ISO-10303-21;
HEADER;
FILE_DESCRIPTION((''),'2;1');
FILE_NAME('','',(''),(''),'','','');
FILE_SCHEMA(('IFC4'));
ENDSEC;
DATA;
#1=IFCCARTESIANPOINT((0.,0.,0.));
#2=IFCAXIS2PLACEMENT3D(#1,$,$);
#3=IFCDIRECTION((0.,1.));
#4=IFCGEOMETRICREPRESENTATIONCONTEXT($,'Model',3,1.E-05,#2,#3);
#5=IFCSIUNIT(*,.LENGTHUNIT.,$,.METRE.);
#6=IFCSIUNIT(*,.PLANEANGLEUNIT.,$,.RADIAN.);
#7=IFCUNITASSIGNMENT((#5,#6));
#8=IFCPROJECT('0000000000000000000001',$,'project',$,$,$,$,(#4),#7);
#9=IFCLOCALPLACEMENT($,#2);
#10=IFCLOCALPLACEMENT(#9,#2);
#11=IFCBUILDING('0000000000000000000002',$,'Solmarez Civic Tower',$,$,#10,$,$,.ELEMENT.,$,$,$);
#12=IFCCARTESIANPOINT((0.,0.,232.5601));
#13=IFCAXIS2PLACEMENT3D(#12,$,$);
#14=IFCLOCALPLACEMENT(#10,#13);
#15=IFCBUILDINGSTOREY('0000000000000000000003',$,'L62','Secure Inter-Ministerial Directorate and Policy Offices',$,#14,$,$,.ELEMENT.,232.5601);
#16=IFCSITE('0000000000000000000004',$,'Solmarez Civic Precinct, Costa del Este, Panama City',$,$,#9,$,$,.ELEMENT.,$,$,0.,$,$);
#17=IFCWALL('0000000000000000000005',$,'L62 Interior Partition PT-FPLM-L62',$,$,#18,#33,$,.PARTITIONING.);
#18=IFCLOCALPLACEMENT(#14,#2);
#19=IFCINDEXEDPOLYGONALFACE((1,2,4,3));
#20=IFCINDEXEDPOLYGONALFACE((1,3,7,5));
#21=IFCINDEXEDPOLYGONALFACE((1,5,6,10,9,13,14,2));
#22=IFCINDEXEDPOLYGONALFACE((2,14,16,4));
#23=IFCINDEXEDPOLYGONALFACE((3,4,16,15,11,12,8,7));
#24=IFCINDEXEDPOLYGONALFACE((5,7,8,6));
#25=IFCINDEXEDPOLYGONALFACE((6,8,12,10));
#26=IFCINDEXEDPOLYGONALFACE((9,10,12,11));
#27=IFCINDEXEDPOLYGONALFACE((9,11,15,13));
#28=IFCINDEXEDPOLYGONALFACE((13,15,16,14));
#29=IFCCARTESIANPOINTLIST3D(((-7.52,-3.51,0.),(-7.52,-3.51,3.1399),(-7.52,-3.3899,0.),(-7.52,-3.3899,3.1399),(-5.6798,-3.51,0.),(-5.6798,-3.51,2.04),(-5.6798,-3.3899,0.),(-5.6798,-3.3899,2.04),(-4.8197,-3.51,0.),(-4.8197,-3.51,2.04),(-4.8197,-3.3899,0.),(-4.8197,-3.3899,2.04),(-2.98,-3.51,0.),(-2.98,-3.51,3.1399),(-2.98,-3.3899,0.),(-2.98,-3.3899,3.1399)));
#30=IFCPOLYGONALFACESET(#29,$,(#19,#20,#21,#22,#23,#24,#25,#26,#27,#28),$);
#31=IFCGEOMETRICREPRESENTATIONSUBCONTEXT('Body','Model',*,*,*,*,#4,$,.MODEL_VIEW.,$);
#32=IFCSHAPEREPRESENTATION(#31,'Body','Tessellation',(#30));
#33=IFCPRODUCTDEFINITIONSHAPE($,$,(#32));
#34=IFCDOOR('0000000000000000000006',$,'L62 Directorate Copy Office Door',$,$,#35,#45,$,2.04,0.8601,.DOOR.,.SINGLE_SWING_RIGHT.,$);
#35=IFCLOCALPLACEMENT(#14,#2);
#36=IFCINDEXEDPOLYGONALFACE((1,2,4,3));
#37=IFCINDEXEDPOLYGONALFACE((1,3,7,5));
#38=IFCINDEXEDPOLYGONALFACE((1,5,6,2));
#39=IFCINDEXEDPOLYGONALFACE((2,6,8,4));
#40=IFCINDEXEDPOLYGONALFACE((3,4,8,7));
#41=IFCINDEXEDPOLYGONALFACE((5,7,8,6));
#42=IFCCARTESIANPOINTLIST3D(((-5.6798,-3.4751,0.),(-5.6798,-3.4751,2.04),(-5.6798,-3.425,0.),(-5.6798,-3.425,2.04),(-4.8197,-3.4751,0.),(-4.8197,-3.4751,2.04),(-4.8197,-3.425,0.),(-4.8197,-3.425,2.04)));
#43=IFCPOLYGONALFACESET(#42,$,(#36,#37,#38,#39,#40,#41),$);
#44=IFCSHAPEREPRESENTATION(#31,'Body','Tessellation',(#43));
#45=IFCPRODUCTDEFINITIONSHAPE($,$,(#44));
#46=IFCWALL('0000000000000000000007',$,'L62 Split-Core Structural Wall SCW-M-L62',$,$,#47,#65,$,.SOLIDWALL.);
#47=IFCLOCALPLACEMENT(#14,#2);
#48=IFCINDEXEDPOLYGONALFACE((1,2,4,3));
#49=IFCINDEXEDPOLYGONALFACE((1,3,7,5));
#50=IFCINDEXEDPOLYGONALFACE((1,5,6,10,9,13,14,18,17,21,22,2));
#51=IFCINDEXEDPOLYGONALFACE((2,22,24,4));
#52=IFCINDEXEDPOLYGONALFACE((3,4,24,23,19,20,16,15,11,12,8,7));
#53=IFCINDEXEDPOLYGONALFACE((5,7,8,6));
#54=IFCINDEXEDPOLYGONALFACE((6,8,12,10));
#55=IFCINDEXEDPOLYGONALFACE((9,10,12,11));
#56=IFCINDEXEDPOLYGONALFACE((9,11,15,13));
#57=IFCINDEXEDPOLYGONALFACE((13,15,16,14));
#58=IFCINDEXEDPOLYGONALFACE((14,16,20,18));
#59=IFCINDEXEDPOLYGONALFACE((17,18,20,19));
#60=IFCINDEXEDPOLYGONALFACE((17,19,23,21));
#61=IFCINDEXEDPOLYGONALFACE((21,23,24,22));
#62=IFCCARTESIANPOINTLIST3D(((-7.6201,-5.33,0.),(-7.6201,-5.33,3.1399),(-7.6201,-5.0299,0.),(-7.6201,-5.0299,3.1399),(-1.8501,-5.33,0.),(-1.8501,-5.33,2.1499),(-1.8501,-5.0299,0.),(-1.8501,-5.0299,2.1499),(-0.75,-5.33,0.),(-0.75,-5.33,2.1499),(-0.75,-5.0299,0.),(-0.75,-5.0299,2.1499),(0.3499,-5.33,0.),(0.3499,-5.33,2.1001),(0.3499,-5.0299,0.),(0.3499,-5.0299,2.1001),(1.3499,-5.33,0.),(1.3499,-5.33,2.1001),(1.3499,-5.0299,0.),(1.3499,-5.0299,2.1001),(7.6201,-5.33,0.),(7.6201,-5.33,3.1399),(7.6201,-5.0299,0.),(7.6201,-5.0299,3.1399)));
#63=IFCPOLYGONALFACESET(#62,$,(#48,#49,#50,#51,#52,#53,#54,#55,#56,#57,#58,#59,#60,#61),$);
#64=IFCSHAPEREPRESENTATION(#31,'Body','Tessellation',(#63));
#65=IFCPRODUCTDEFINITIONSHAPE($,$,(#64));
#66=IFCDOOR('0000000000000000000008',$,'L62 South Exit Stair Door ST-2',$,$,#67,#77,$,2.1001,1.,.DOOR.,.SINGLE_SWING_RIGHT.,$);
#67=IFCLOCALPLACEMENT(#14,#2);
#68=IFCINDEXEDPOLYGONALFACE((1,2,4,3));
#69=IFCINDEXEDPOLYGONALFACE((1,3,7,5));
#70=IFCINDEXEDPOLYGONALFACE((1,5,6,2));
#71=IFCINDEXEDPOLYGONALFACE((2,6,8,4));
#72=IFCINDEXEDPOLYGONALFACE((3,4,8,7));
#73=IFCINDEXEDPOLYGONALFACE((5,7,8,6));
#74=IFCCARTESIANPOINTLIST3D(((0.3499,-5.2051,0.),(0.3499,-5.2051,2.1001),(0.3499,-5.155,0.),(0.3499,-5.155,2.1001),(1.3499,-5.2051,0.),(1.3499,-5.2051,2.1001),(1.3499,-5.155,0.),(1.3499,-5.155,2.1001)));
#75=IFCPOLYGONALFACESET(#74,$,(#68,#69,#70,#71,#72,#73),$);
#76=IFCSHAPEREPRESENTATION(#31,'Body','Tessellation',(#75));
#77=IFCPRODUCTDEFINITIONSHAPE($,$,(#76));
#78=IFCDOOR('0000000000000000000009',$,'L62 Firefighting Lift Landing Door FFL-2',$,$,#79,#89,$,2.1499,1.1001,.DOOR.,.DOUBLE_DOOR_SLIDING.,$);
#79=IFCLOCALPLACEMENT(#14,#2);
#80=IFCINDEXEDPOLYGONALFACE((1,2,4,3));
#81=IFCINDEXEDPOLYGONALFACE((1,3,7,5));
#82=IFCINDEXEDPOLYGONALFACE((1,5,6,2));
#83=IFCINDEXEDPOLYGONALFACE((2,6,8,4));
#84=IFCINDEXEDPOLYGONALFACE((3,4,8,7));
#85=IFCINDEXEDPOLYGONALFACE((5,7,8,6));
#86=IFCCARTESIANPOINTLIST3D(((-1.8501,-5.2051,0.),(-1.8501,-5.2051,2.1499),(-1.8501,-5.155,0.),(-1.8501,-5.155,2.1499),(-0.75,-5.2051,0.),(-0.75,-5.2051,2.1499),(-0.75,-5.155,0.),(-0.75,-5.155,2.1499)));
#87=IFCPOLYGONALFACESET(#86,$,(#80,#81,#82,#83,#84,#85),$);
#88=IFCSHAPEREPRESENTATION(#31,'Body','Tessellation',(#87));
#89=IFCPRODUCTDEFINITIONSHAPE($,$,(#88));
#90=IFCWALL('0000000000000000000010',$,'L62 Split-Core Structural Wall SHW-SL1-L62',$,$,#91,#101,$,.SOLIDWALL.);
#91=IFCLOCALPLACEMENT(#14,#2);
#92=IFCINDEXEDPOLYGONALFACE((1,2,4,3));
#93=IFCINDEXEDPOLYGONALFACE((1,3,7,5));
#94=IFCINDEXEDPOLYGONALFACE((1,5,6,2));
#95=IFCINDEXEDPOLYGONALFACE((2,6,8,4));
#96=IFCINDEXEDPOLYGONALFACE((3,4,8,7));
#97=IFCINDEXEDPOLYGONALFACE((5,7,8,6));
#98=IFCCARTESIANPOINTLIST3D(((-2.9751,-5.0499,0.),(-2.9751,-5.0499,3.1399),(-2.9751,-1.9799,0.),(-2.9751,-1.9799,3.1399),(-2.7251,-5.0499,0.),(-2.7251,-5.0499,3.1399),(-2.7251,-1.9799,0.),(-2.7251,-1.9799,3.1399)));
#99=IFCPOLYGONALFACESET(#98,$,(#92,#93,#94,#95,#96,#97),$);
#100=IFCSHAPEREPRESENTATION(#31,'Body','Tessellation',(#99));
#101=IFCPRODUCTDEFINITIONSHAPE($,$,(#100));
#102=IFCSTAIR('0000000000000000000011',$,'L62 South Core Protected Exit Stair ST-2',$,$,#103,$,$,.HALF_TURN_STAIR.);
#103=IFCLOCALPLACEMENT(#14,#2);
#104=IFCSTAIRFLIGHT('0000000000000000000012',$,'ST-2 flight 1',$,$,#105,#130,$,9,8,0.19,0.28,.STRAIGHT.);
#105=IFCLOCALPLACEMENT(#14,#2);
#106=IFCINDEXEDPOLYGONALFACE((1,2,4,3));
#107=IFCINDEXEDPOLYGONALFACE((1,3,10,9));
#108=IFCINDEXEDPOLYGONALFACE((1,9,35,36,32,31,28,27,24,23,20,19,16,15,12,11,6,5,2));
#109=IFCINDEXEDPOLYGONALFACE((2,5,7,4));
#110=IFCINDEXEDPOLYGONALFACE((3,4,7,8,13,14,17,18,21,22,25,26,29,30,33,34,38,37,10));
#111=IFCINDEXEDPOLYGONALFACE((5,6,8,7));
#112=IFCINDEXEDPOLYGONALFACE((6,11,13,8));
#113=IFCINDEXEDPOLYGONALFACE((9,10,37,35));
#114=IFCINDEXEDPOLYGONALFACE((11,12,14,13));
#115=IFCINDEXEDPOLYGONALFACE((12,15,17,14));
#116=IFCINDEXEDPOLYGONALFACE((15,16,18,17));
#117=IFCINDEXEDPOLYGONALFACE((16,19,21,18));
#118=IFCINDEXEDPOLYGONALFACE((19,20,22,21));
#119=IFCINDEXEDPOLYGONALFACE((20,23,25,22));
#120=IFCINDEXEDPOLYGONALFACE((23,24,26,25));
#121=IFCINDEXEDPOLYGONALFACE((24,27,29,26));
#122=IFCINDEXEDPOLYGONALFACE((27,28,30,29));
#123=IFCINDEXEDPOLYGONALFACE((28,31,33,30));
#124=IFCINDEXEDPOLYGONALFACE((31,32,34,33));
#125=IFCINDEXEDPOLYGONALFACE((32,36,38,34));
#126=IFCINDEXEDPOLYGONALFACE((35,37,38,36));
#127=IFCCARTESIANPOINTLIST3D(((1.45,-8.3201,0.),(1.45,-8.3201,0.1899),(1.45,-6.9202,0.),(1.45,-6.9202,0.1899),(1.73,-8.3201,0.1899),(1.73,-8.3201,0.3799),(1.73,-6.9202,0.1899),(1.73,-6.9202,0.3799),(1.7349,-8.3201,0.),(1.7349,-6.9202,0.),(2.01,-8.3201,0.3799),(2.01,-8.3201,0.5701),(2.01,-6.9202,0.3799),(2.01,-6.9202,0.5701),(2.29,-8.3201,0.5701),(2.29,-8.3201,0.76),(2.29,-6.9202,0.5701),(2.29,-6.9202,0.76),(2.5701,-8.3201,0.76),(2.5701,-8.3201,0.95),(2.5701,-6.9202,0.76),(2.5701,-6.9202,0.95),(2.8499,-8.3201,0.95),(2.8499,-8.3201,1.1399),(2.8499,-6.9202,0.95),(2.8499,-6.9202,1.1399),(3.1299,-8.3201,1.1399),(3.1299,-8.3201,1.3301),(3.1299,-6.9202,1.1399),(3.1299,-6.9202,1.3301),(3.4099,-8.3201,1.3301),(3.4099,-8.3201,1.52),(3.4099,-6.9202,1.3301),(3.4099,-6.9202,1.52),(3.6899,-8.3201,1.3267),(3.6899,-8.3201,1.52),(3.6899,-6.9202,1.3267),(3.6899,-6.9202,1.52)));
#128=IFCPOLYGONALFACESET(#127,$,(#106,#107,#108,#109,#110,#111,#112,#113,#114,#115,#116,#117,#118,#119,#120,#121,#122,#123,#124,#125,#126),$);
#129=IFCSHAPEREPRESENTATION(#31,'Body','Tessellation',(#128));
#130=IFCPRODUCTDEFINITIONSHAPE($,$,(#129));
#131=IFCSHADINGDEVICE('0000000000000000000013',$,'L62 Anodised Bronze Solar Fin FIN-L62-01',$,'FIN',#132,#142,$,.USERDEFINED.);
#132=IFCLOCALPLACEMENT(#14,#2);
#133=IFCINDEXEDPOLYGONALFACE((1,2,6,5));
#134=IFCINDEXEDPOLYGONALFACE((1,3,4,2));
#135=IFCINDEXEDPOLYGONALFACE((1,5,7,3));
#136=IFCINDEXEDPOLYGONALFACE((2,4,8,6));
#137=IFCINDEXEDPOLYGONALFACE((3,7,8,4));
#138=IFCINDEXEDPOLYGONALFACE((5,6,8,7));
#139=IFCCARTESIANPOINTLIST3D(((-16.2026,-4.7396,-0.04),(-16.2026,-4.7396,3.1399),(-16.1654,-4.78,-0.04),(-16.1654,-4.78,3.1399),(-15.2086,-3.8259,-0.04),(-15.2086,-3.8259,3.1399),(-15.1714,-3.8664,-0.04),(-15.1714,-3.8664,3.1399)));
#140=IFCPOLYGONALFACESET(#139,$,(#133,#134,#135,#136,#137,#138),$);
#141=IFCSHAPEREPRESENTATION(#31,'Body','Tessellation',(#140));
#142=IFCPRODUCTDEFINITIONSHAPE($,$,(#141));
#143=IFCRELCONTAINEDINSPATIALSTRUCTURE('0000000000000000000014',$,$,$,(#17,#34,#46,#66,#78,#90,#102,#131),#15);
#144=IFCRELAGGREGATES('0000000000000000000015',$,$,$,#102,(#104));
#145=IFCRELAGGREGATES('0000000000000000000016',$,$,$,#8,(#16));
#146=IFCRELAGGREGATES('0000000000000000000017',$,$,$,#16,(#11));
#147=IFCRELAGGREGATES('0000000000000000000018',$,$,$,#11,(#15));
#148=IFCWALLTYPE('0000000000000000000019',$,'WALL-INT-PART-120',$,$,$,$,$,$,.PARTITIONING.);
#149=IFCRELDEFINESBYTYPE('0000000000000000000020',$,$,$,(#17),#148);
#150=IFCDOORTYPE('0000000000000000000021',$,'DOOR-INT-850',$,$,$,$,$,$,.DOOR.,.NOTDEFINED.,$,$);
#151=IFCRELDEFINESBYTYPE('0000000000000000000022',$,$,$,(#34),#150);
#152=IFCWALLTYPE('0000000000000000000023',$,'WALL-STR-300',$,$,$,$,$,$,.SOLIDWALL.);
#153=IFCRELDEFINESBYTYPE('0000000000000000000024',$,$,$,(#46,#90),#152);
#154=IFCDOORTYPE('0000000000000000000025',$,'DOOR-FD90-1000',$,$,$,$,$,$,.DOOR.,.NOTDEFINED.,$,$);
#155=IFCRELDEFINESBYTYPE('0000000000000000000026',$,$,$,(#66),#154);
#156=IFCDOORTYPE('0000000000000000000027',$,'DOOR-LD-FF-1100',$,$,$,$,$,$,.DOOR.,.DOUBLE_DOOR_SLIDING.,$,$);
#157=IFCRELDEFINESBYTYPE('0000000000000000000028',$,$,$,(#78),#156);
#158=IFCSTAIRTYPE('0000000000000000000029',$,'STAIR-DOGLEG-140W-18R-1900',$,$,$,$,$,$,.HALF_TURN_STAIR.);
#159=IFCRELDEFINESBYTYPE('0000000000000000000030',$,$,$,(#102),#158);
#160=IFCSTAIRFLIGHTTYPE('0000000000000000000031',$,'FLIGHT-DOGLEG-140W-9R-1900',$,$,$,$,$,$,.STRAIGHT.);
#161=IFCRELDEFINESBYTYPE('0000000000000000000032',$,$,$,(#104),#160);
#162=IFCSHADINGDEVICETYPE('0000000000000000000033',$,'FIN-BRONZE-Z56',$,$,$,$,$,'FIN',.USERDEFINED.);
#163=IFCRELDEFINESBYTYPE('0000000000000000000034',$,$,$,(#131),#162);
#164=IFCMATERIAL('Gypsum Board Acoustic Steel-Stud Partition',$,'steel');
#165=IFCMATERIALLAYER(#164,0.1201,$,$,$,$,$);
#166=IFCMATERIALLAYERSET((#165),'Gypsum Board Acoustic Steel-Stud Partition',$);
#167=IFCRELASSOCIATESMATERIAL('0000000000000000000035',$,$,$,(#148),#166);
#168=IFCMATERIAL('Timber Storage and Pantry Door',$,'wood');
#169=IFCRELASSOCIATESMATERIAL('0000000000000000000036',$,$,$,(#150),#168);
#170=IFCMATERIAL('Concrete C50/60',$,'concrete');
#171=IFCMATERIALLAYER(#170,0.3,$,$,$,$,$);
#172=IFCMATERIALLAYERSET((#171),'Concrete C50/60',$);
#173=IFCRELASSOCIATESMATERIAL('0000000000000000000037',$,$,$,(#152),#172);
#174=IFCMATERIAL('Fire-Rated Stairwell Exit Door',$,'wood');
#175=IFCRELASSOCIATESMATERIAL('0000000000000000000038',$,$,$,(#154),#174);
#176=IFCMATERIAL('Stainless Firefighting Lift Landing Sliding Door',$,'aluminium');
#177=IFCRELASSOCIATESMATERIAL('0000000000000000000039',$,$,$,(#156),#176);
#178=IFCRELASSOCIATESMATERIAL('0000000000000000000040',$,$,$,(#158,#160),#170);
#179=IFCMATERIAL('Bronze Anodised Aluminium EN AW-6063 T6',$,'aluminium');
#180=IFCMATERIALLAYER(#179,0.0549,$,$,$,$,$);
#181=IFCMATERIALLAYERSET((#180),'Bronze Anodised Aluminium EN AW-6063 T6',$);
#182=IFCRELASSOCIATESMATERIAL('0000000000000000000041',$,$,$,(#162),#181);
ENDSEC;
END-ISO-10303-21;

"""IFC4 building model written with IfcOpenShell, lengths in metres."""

from ifc_helpers import new_model, si_unit, direction, frame, frame_2d, origin, origin_2d, place, context, subcontext, project, spatial, polyline, rectangle, outline, extrude, material, layer, layer_set, type_object, element, fill, aggregate, save


model = new_model("IFC4")

# Units and contexts
model_context = context("Model", 3, precision=1e-05, world=origin(), true_north=direction((0.0, 1.0)))
body_context = subcontext(model_context, "Body", "Model", "MODEL_VIEW")
ifc_project = project(units=[si_unit("LENGTHUNIT", "METRE"), si_unit("PLANEANGLEUNIT", "RADIAN")], contexts=[model_context])

# Site, building, storey
site_placement = place(None, origin())
site = spatial("IfcSite", under=ifc_project, at=site_placement, Name="Solmarez Civic Precinct, Costa del Este, Panama City", CompositionType="ELEMENT", RefElevation=0.0)
building_placement = place(site_placement, origin())
building = spatial("IfcBuilding", under=site, at=building_placement, Name="Solmarez Civic Tower", CompositionType="ELEMENT")
storey_placement = place(building_placement, frame((0.0, 0.0, 232.5601)))
storey = spatial("IfcBuildingStorey", under=building, at=storey_placement, Name="L62", Description="Secure Inter-Ministerial Directorate and Policy Offices", CompositionType="ELEMENT", Elevation=232.5601)

# Shared definitions
ifc_material_1 = material(Name="Concrete C50/60", Category="concrete")

# Wall, opening, door
ifc_material_2 = material(Name="Gypsum Board Acoustic Steel-Stud Partition", Category="steel")
ifc_layer_1 = layer(ifc_material_2, 0.1201)
ifc_layer_set_1 = layer_set([ifc_layer_1], Name="Gypsum Board Acoustic Steel-Stud Partition")
wall_type_1 = type_object("IfcWallType", Name="WALL-INT-PART-120", PredefinedType="PARTITIONING", material=ifc_layer_set_1)
wall_1_placement = place(storey_placement, frame((-7.52, -3.45, 0.0), z_axis=(0.0, 0.0, 1.0), x_axis=(1.0, 0.0, 0.0)))
wall_1 = element("IfcWall", 1, at=wall_1_placement, inside=storey, type_object=wall_type_1, Name="L62 Interior Partition PT-FPLM-L62", PredefinedType="PARTITIONING", context=body_context, shape_type="SweptSolid", body=[
    extrude(rectangle(XDim=4.54, YDim=0.1201, at=frame_2d((2.27, 0.0))), origin(), (0.0, 0.0, 1.0), 3.1399),
])
opening_1_placement = place(wall_1_placement, frame((1.8401, 0.0, 0.0)))
opening_1 = element("IfcOpeningElement", 2, at=opening_1_placement, cuts=wall_1, PredefinedType="OPENING", context=body_context, shape_type="SweptSolid", body=[
    extrude(rectangle(XDim=0.8601, YDim=2.04, at=frame_2d((0.4302, 1.02))), frame((0.0, 0.0701, 0.0), z_axis=(0.0, -1.0, 0.0), x_axis=(1.0, 0.0, 0.0)), (0.0, 0.0, 1.0), 0.1401),
])
ifc_material_3 = material(Name="Timber Storage and Pantry Door", Category="wood")
door_type_1 = type_object("IfcDoorType", Name="DOOR-INT-850", OperationType="NOTDEFINED", PredefinedType="DOOR", material=ifc_material_3)
door_1_placement = place(opening_1_placement, origin())
door_1 = element("IfcDoor", 3, at=door_1_placement, inside=storey, type_object=door_type_1, Name="L62 Directorate Copy Office Door", OperationType="SINGLE_SWING_RIGHT", OverallHeight=2.04, OverallWidth=0.8601, PredefinedType="DOOR", context=body_context, shape_type="SweptSolid", body=[
    extrude(rectangle(XDim=0.8601, YDim=2.04, at=frame_2d((0.4302, 1.02))), frame((0.0, 0.0249, 0.0), z_axis=(0.0, -1.0, 0.0), x_axis=(1.0, 0.0, 0.0)), (0.0, 0.0, 1.0), 0.05),
])
fill(opening_1, door_1)

# Wall, openings, doors
ifc_layer_2 = layer(ifc_material_1, 0.3)
ifc_layer_set_2 = layer_set([ifc_layer_2], Name="Concrete C50/60")
wall_type_2 = type_object("IfcWallType", Name="WALL-STR-300", PredefinedType="SOLIDWALL", material=ifc_layer_set_2)
wall_2_placement = place(storey_placement, frame((-7.6201, -5.1799, 0.0), z_axis=(0.0, 0.0, 1.0), x_axis=(1.0, 0.0, 0.0)))
wall_2 = element("IfcWall", 4, at=wall_2_placement, inside=storey, type_object=wall_type_2, Name="L62 Split-Core Structural Wall SCW-M-L62", PredefinedType="SOLIDWALL", context=body_context, shape_type="SweptSolid", body=[
    extrude(rectangle(XDim=15.2402, YDim=0.3, at=frame_2d((7.6201, 0.0))), origin(), (0.0, 0.0, 1.0), 3.1399),
])
opening_2_placement = place(wall_2_placement, frame((5.77, 0.0, 0.0)))
opening_2 = element("IfcOpeningElement", 5, at=opening_2_placement, cuts=wall_2, PredefinedType="OPENING", context=body_context, shape_type="SweptSolid", body=[
    extrude(rectangle(XDim=1.1001, YDim=2.1499, at=frame_2d((0.55, 1.075))), frame((0.0, 0.1599, 0.0), z_axis=(0.0, -1.0, 0.0), x_axis=(1.0, 0.0, 0.0)), (0.0, 0.0, 1.0), 0.3201),
])
opening_3_placement = place(wall_2_placement, frame((7.97, 0.0, 0.0)))
opening_3 = element("IfcOpeningElement", 6, at=opening_3_placement, cuts=wall_2, PredefinedType="OPENING", context=body_context, shape_type="SweptSolid", body=[
    extrude(rectangle(XDim=1.0, YDim=2.1001, at=frame_2d((0.5, 1.05))), frame((0.0, 0.1599, 0.0), z_axis=(0.0, -1.0, 0.0), x_axis=(1.0, 0.0, 0.0)), (0.0, 0.0, 1.0), 0.3201),
])
ifc_material_4 = material(Name="Fire-Rated Stairwell Exit Door", Category="wood")
door_type_2 = type_object("IfcDoorType", Name="DOOR-FD90-1000", OperationType="NOTDEFINED", PredefinedType="DOOR", material=ifc_material_4)
door_2_placement = place(opening_3_placement, origin())
door_2 = element("IfcDoor", 7, at=door_2_placement, inside=storey, type_object=door_type_2, Name="L62 South Exit Stair Door ST-2", OperationType="SINGLE_SWING_RIGHT", OverallHeight=2.1001, OverallWidth=1.0, PredefinedType="DOOR", context=body_context, shape_type="SweptSolid", body=[
    extrude(rectangle(XDim=1.0, YDim=2.1001, at=frame_2d((0.5, 1.05))), frame((0.0, 0.0249, 0.0), z_axis=(0.0, -1.0, 0.0), x_axis=(1.0, 0.0, 0.0)), (0.0, 0.0, 1.0), 0.05),
])
fill(opening_3, door_2)
ifc_material_5 = material(Name="Stainless Firefighting Lift Landing Sliding Door", Category="aluminium")
door_type_3 = type_object("IfcDoorType", Name="DOOR-LD-FF-1100", OperationType="DOUBLE_DOOR_SLIDING", PredefinedType="DOOR", material=ifc_material_5)
door_3_placement = place(opening_2_placement, origin())
door_3 = element("IfcDoor", 8, at=door_3_placement, inside=storey, type_object=door_type_3, Name="L62 Firefighting Lift Landing Door FFL-2", OperationType="DOUBLE_DOOR_SLIDING", OverallHeight=2.1499, OverallWidth=1.1001, PredefinedType="DOOR", context=body_context, shape_type="SweptSolid", body=[
    extrude(rectangle(XDim=1.1001, YDim=2.1499, at=frame_2d((0.55, 1.075))), frame((0.0, 0.0249, 0.0), z_axis=(0.0, -1.0, 0.0), x_axis=(1.0, 0.0, 0.0)), (0.0, 0.0, 1.0), 0.05),
])
fill(opening_2, door_3)

# Wall
wall_3_placement = place(storey_placement, frame((-2.8501, -5.05, 0.0), z_axis=(0.0, 0.0, 1.0), x_axis=(0.0, 1.0, 0.0)))
element("IfcWall", 9, at=wall_3_placement, inside=storey, type_object=wall_type_2, Name="L62 Split-Core Structural Wall SHW-SL1-L62", PredefinedType="SOLIDWALL", context=body_context, shape_type="SweptSolid", body=[
    extrude(rectangle(XDim=3.0701, YDim=0.25, at=frame_2d((1.5352, 0.0))), origin(), (0.0, 0.0, 1.0), 3.1399),
])

# Stair, stair flight
stair_type = type_object("IfcStairType", Name="STAIR-DOGLEG-140W-18R-1900", PredefinedType="HALF_TURN_STAIR", material=ifc_material_1)
stair_placement = place(storey_placement, origin())
stair = element("IfcStair", 10, at=stair_placement, inside=storey, type_object=stair_type, Name="L62 South Core Protected Exit Stair ST-2", PredefinedType="HALF_TURN_STAIR")
stair_flight_type = type_object("IfcStairFlightType", Name="FLIGHT-DOGLEG-140W-9R-1900", PredefinedType="STRAIGHT", material=ifc_material_1)
stair_flight_placement = place(storey_placement, frame((1.45, -7.6201, 0.0), z_axis=(0.0, 0.0, 1.0), x_axis=(1.0, 0.0, 0.0)))
stair_flight = element("IfcStairFlight", 11, at=stair_flight_placement, type_object=stair_flight_type, Name="ST-2 flight 1", NumberOfRisers=9, NumberOfTreads=8, PredefinedType="STRAIGHT", RiserHeight=0.19, TreadLength=0.28, context=body_context, shape_type="SweptSolid", body=[
    extrude(outline(polyline([(0.0, 0.0), (0.0, 0.1899), (0.28, 0.1899), (0.28, 0.3799), (0.5601, 0.3799), (0.5601, 0.5701), (0.8401, 0.5701), (0.8401, 0.76), (1.1201, 0.76), (1.1201, 0.95), (1.3999, 0.95), (1.3999, 1.1399), (1.6799, 1.1399), (1.6799, 1.3301), (1.96, 1.3301), (1.96, 1.52), (2.24, 1.52), (2.24, 1.71), (2.24, 1.3267), (0.2849, 0.0), (0.0, 0.0)])), frame((0.0, 0.7, 0.0), z_axis=(0.0, -1.0, 0.0), x_axis=(1.0, 0.0, 0.0)), (0.0, 0.0, 1.0), 1.3999),
])
aggregate(stair, [stair_flight])

# Shading device
ifc_material_6 = material(Name="Bronze Anodised Aluminium EN AW-6063 T6", Category="aluminium")
ifc_layer_3 = layer(ifc_material_6, 0.0549)
ifc_layer_set_3 = layer_set([ifc_layer_3], Name="Bronze Anodised Aluminium EN AW-6063 T6")
shading_device_type = type_object("IfcShadingDeviceType", Name="FIN-BRONZE-Z56", ElementType="FIN", PredefinedType="USERDEFINED", material=ifc_layer_set_3)
shading_device_placement = place(storey_placement, frame((-15.687, -4.303, -0.04), z_axis=(0.0, 0.0, 1.0), x_axis=(-0.736215, -0.676747, 0.0)))
element("IfcShadingDevice", 12, at=shading_device_placement, inside=storey, type_object=shading_device_type, Name="L62 Anodised Bronze Solar Fin FIN-L62-01", ObjectType="FIN", PredefinedType="USERDEFINED", context=body_context, shape_type="SweptSolid", body=[
    extrude(rectangle(XDim=1.3501, YDim=0.0549, at=origin_2d()), origin(), (0.0, 0.0, 1.0), 3.1799),
])

save(model, "model.ifc")
